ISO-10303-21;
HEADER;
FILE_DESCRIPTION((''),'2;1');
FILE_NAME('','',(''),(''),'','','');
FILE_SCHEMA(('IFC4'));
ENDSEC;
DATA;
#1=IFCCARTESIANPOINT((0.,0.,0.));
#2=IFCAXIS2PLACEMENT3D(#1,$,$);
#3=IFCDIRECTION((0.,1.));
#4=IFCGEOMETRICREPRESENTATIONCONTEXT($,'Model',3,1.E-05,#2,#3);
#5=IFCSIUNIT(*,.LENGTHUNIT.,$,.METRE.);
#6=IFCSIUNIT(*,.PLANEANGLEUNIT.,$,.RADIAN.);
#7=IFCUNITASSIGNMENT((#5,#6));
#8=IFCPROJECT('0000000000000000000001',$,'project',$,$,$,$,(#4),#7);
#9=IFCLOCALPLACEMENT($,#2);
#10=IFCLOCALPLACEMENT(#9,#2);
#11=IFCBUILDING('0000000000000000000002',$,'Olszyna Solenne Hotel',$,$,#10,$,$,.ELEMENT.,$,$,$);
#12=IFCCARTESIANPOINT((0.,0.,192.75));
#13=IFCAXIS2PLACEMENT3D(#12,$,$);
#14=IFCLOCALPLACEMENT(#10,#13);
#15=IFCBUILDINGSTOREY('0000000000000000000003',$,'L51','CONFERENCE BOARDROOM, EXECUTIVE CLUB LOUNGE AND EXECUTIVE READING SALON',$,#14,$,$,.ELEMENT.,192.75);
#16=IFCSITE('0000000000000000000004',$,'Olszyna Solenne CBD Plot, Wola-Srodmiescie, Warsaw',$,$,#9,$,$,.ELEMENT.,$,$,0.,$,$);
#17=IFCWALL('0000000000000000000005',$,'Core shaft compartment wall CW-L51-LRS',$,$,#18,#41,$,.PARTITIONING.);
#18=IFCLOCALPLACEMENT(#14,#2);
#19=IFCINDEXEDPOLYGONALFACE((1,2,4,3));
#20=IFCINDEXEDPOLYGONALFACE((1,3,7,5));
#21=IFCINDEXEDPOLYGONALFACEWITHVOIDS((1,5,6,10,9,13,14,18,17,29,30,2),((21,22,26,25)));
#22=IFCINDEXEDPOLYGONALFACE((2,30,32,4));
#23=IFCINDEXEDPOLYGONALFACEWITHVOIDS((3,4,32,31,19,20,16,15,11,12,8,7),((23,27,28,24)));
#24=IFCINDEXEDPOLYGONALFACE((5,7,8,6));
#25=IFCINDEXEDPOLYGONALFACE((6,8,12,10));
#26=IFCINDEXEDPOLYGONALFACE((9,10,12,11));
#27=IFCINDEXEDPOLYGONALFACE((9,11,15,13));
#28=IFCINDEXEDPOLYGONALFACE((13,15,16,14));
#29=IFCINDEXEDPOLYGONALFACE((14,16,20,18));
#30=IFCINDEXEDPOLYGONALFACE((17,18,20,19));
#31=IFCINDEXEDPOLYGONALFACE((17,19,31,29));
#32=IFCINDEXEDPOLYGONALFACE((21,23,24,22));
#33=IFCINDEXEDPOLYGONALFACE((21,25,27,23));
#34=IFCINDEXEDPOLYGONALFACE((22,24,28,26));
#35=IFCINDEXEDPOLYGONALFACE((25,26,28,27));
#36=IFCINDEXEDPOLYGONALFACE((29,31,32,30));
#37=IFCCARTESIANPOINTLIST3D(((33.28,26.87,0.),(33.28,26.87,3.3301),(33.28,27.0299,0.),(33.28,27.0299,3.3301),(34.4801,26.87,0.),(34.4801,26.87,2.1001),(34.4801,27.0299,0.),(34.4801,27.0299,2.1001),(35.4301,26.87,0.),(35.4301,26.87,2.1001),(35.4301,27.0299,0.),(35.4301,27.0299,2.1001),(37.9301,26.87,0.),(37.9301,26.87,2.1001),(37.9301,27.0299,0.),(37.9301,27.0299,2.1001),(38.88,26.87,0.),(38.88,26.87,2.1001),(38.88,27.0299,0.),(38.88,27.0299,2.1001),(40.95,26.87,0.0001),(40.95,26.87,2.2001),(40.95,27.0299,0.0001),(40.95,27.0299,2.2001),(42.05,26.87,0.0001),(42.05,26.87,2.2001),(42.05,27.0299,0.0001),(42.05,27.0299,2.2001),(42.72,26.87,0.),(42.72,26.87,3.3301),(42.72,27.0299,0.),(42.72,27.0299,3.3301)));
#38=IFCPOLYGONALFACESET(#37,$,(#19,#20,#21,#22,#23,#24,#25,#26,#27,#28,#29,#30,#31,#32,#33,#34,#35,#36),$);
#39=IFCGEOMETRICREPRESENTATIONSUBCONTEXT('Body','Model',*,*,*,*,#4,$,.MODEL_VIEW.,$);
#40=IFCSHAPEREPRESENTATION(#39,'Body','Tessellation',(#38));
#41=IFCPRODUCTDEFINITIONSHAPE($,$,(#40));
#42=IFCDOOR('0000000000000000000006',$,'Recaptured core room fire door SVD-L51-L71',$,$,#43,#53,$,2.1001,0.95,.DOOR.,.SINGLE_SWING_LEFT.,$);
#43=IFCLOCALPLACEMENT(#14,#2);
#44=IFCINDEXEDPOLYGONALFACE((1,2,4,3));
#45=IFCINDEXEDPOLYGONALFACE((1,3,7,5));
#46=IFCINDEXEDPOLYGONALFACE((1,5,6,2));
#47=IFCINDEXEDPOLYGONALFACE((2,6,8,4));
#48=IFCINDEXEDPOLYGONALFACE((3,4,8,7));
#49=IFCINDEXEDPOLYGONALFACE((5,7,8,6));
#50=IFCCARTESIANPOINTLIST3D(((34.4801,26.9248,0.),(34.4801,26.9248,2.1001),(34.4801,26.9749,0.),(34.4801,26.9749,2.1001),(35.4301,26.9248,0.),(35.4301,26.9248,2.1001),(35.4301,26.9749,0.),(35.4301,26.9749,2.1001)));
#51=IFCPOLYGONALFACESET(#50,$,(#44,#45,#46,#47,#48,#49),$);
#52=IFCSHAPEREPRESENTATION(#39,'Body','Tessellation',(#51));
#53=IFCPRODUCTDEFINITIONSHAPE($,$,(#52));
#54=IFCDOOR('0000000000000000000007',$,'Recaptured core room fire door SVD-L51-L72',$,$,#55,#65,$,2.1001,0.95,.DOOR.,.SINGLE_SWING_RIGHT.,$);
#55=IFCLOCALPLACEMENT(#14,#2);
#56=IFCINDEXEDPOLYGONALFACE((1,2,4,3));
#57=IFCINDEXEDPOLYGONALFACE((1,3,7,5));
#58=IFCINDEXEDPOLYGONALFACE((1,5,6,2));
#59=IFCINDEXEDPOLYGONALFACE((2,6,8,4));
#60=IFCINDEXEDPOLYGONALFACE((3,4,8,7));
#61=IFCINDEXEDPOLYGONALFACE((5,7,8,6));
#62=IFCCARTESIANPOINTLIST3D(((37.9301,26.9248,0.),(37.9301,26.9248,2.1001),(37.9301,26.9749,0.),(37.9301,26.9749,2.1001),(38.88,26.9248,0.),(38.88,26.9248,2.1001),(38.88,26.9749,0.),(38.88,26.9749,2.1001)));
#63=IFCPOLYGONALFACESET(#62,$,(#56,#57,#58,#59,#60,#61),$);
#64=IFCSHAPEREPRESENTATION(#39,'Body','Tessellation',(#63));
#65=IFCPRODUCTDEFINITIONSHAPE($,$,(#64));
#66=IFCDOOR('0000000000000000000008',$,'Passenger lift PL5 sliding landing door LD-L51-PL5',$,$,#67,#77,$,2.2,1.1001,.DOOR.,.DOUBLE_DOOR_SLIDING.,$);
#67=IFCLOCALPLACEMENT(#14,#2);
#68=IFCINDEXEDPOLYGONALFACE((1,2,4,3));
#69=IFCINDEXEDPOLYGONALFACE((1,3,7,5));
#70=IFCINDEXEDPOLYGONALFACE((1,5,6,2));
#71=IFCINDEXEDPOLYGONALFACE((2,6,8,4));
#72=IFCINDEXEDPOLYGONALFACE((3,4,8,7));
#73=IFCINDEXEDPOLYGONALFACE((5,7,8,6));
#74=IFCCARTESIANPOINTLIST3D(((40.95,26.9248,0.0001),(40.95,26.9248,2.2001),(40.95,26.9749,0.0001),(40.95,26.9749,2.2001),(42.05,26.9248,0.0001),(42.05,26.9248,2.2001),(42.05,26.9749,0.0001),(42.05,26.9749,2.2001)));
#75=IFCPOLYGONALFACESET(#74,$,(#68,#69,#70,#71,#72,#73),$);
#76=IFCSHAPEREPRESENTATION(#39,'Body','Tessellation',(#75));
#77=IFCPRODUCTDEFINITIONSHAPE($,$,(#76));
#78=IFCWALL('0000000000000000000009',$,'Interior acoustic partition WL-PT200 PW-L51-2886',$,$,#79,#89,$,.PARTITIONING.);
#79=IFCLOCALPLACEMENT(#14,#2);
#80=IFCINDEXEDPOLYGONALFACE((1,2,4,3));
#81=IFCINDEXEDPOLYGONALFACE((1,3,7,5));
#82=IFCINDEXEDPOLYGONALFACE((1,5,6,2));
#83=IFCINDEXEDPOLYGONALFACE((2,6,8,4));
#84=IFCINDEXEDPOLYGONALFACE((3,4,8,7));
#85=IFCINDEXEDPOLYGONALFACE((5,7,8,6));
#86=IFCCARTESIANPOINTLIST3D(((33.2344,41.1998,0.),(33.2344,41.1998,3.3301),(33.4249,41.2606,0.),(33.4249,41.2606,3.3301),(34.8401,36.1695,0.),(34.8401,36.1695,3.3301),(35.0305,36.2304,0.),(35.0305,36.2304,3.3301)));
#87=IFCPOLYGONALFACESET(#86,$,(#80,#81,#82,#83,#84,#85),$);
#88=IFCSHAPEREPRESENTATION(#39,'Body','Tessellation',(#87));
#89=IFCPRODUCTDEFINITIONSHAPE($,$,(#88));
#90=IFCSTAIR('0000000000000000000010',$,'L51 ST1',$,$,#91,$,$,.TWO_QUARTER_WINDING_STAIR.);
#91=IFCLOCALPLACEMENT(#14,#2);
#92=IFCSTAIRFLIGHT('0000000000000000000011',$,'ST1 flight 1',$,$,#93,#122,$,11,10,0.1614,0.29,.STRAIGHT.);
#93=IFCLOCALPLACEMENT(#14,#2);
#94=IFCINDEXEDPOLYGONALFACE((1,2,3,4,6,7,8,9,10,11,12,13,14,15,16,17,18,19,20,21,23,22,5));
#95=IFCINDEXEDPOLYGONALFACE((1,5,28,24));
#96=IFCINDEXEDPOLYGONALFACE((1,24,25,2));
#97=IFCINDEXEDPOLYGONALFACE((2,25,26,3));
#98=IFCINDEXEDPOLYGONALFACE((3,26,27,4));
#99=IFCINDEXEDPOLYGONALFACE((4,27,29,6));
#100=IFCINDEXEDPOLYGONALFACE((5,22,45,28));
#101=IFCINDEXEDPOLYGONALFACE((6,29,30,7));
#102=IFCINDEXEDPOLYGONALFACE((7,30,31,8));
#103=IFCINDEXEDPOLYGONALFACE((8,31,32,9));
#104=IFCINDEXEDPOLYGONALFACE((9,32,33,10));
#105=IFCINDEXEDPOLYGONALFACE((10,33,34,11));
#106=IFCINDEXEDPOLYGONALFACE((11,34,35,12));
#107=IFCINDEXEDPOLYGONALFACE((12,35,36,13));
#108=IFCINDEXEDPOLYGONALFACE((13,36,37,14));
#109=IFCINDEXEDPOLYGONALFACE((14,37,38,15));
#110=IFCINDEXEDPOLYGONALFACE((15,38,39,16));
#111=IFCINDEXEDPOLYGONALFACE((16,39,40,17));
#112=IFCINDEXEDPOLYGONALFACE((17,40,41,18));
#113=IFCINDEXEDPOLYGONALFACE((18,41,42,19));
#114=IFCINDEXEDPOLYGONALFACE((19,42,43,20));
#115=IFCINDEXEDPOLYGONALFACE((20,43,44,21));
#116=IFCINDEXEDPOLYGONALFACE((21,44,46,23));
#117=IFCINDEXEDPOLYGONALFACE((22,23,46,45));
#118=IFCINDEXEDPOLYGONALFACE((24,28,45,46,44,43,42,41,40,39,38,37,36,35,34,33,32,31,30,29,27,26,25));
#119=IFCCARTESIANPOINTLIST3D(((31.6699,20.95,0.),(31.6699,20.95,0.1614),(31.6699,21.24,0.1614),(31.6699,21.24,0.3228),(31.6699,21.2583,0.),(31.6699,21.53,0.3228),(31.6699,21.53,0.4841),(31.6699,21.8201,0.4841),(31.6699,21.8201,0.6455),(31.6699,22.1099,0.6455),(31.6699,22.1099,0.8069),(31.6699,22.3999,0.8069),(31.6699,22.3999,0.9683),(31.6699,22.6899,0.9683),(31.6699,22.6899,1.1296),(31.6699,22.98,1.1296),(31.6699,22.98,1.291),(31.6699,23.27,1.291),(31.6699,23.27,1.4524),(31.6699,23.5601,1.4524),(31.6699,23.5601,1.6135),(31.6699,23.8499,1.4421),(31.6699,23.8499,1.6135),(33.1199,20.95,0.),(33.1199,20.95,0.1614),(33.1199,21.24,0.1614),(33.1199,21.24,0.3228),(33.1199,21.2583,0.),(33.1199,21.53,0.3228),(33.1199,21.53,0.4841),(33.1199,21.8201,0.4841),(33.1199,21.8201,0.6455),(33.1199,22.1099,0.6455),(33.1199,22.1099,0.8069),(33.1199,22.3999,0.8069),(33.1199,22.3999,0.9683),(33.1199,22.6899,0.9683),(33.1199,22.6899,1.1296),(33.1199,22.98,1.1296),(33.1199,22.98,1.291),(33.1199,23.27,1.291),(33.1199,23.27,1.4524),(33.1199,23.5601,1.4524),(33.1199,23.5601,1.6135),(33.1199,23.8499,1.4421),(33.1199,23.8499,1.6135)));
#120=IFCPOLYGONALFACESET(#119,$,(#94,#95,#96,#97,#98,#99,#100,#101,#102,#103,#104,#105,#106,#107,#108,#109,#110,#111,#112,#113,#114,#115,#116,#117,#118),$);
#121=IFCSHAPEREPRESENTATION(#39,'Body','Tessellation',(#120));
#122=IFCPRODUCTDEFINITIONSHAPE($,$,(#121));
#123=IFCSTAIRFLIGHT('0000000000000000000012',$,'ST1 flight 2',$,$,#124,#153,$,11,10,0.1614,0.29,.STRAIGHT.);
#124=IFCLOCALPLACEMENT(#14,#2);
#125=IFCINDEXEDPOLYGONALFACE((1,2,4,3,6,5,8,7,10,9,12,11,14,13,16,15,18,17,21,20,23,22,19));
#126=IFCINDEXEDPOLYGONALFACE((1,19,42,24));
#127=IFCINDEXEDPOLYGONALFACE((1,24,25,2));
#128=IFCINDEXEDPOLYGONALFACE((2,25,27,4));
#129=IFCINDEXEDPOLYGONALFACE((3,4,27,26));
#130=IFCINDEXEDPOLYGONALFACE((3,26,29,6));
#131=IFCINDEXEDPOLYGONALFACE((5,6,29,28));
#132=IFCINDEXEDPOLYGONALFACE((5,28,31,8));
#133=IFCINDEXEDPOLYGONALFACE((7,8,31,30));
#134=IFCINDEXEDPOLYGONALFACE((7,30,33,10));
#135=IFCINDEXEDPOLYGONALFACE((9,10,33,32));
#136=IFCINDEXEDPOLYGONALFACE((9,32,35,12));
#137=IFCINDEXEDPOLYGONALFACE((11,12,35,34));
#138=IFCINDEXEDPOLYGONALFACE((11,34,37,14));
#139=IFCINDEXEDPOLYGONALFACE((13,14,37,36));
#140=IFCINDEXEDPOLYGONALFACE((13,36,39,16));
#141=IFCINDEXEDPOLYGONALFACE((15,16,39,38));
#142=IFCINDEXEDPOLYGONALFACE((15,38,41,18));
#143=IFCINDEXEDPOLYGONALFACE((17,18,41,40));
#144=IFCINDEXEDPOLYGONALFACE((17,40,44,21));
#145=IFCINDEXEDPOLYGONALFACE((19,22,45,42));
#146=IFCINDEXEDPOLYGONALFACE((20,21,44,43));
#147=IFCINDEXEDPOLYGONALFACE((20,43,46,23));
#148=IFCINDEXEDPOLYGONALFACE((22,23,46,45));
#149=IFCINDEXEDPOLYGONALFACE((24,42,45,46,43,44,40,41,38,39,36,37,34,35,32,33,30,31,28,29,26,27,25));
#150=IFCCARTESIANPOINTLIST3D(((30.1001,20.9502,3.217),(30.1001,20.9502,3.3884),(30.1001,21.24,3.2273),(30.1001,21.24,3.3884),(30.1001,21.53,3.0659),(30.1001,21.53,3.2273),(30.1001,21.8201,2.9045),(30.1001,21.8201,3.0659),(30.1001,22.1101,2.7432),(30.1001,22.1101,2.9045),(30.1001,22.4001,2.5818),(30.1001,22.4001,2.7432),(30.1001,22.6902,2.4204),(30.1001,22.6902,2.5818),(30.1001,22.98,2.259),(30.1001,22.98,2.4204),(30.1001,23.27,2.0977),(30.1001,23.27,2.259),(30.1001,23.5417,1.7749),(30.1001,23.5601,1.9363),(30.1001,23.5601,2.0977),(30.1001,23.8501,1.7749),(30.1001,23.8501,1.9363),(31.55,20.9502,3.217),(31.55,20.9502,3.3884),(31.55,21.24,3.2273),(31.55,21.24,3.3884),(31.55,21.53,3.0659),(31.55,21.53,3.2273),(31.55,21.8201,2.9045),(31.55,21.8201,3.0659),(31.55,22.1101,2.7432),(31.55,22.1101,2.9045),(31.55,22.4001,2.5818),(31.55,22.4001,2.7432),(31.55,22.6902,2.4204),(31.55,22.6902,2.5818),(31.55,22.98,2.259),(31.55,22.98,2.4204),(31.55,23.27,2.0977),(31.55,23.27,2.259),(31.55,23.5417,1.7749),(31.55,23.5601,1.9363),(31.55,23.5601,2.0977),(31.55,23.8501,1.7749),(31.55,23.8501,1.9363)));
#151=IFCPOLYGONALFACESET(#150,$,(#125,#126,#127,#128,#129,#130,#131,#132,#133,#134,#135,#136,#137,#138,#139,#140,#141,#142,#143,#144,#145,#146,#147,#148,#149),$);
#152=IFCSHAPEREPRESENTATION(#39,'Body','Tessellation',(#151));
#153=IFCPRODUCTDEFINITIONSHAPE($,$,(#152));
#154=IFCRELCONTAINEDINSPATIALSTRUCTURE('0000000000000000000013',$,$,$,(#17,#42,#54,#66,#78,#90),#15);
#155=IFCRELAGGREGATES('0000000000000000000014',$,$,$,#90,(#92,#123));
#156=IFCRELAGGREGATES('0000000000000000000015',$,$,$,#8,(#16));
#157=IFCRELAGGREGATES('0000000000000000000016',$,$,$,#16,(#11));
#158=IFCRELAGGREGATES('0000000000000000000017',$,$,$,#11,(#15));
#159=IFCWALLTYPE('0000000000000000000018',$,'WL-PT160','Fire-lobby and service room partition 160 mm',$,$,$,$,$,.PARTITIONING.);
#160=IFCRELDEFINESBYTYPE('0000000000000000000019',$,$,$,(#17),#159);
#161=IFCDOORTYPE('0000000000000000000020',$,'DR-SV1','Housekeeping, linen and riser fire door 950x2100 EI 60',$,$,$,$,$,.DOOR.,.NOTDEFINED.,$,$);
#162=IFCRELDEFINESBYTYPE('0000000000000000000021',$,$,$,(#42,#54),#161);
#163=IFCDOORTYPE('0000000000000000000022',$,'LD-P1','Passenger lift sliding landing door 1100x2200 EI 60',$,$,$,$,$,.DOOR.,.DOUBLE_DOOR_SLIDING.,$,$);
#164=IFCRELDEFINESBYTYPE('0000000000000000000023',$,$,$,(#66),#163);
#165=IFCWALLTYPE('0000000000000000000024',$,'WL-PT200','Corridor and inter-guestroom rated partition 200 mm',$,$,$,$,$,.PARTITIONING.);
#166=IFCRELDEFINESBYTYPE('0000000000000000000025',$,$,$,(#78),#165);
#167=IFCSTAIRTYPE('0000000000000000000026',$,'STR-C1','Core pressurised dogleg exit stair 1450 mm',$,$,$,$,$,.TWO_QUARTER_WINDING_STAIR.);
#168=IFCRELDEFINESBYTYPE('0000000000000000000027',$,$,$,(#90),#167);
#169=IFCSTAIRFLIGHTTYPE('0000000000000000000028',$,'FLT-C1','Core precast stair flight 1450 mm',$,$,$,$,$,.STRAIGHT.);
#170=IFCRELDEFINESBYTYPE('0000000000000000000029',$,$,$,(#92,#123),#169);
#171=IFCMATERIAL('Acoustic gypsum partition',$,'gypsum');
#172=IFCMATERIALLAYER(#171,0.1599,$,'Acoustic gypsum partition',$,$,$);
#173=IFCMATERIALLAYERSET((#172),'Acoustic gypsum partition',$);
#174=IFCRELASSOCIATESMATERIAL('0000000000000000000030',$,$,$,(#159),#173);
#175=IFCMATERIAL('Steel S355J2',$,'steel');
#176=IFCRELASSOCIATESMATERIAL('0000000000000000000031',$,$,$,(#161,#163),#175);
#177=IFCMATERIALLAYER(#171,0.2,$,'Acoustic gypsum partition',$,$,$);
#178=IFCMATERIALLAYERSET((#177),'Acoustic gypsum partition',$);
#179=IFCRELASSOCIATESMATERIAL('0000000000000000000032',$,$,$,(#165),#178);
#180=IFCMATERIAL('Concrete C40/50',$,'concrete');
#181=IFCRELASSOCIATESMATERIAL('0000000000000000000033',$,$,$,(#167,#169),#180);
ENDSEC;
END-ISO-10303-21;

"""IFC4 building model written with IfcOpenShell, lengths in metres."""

from ifc_helpers import new_model, si_unit, direction, frame, frame_2d, origin, place, context, subcontext, project, spatial, polyline, rectangle, outline, extrude, source, transform, mapped, material, layer, layer_set, type_object, type_shapes, element, fill, aggregate, save


model = new_model("IFC4")

# Units and contexts
model_context = context("Model", 3, precision=1e-05, world=origin(), true_north=direction((0.0, 1.0)))
body_context = subcontext(model_context, "Body", "Model", "MODEL_VIEW")
ifc_project = project(units=[si_unit("LENGTHUNIT", "METRE"), si_unit("PLANEANGLEUNIT", "RADIAN")], contexts=[model_context])

# Site, building, storey
site_placement = place(None, origin())
site = spatial("IfcSite", under=ifc_project, at=site_placement, Name="Olszyna Solenne CBD Plot, Wola-Srodmiescie, Warsaw", CompositionType="ELEMENT", RefElevation=0.0)
building_placement = place(site_placement, origin())
building = spatial("IfcBuilding", under=site, at=building_placement, Name="Olszyna Solenne Hotel", CompositionType="ELEMENT")
storey_placement = place(building_placement, frame((0.0, 0.0, 192.75)))
storey = spatial("IfcBuildingStorey", under=building, at=storey_placement, Name="L51", Description="CONFERENCE BOARDROOM, EXECUTIVE CLUB LOUNGE AND EXECUTIVE READING SALON", CompositionType="ELEMENT", Elevation=192.75)

# Shared definitions
ifc_material_1 = material(Name="Steel S355J2", Category="steel")

# Shared definitions
ifc_material_2 = material(Name="Acoustic gypsum partition", Category="gypsum")
ifc_layer_1 = layer(ifc_material_2, 0.1599, Name="Acoustic gypsum partition")
ifc_layer_set_1 = layer_set([ifc_layer_1], Name="Acoustic gypsum partition")
wall_type_1 = type_object("IfcWallType", Name="WL-PT160", Description="Fire-lobby and service room partition 160 mm", PredefinedType="PARTITIONING", material=ifc_layer_set_1)

# Wall, openings, doors
wall_1_placement = place(storey_placement, frame((33.28, 26.95, 0.0), z_axis=(0.0, 0.0, 1.0), x_axis=(1.0, 0.0, 0.0)))
wall_1 = element("IfcWall", 1, at=wall_1_placement, inside=storey, type_object=wall_type_1, Name="Core shaft compartment wall CW-L51-LRS", PredefinedType="PARTITIONING", context=body_context, shape_type="SweptSolid", body=[
    extrude(rectangle(XDim=9.4399, YDim=0.1599, at=frame_2d((4.72, 0.0))), origin(), (0.0, 0.0, 1.0), 3.3301),
])
opening_1_placement = place(wall_1_placement, frame((1.2, 0.0, 0.0)))
opening_1 = element("IfcOpeningElement", 2, at=opening_1_placement, cuts=wall_1, PredefinedType="OPENING", context=body_context, shape_type="SweptSolid", body=[
    extrude(rectangle(XDim=0.95, YDim=2.1001, at=frame_2d((0.4751, 1.05))), frame((0.0, 0.0898, 0.0), z_axis=(0.0, -1.0, 0.0), x_axis=(1.0, 0.0, 0.0)), (0.0, 0.0, 1.0), 0.1799),
])
opening_2_placement = place(wall_1_placement, frame((4.6499, 0.0, 0.0)))
opening_2 = element("IfcOpeningElement", 3, at=opening_2_placement, cuts=wall_1, PredefinedType="OPENING", context=body_context, shape_type="SweptSolid", body=[
    extrude(rectangle(XDim=0.95, YDim=2.1001, at=frame_2d((0.4751, 1.05))), frame((0.0, 0.0898, 0.0), z_axis=(0.0, -1.0, 0.0), x_axis=(1.0, 0.0, 0.0)), (0.0, 0.0, 1.0), 0.1799),
])
opening_3_placement = place(wall_1_placement, frame((7.6699, 0.0, 0.0)))
opening_3 = element("IfcOpeningElement", 4, at=opening_3_placement, cuts=wall_1, PredefinedType="OPENING", context=body_context, shape_type="SweptSolid", body=[
    extrude(rectangle(XDim=1.1001, YDim=2.2, at=frame_2d((0.55, 1.1001))), frame((0.0, 0.0898, 0.0), z_axis=(0.0, -1.0, 0.0), x_axis=(1.0, 0.0, 0.0)), (0.0, 0.0, 1.0), 0.1799),
])
door_type_1 = type_object("IfcDoorType", Name="DR-SV1", Description="Housekeeping, linen and riser fire door 950x2100 EI 60", OperationType="NOTDEFINED", PredefinedType="DOOR", material=ifc_material_1)
shared_shape_1 = source(origin(), body_context, "Body", "SweptSolid", [
    extrude(rectangle(XDim=0.95, YDim=2.1001, at=frame_2d((0.4751, 1.05))), frame((0.0, 0.0249, 0.0), z_axis=(0.0, -1.0, 0.0), x_axis=(1.0, 0.0, 0.0)), (0.0, 0.0, 1.0), 0.05),
])
type_shapes(door_type_1, [shared_shape_1])
door_1_placement = place(opening_1_placement, origin())
door_1 = element("IfcDoor", 5, at=door_1_placement, inside=storey, type_object=door_type_1, Name="Recaptured core room fire door SVD-L51-L71", OperationType="SINGLE_SWING_LEFT", OverallHeight=2.1001, OverallWidth=0.95, PredefinedType="DOOR", context=body_context, shape_type="MappedRepresentation", body=[
    mapped(shared_shape_1, transform((0.0, 0.0, 0.0), x_axis=(1.0, 0.0, 0.0), y_axis=(0.0, 1.0, 0.0), z_axis=(0.0, 0.0, 1.0), scale=1.0)),
])
fill(opening_1, door_1)
door_2_placement = place(opening_2_placement, origin())
door_2 = element("IfcDoor", 6, at=door_2_placement, inside=storey, type_object=door_type_1, Name="Recaptured core room fire door SVD-L51-L72", OperationType="SINGLE_SWING_RIGHT", OverallHeight=2.1001, OverallWidth=0.95, PredefinedType="DOOR", context=body_context, shape_type="MappedRepresentation", body=[
    mapped(shared_shape_1, transform((0.0, 0.0, 0.0), x_axis=(1.0, 0.0, 0.0), y_axis=(0.0, 1.0, 0.0), z_axis=(0.0, 0.0, 1.0), scale=1.0)),
])
fill(opening_2, door_2)
door_type_2 = type_object("IfcDoorType", Name="LD-P1", Description="Passenger lift sliding landing door 1100x2200 EI 60", OperationType="DOUBLE_DOOR_SLIDING", PredefinedType="DOOR", material=ifc_material_1)
shared_shape_2 = source(origin(), body_context, "Body", "SweptSolid", [
    extrude(rectangle(XDim=1.1001, YDim=2.2, at=frame_2d((0.55, 1.1001))), frame((0.0, 0.0249, 0.0), z_axis=(0.0, -1.0, 0.0), x_axis=(1.0, 0.0, 0.0)), (0.0, 0.0, 1.0), 0.05),
])
type_shapes(door_type_2, [shared_shape_2])
door_3_placement = place(opening_3_placement, origin())
door_3 = element("IfcDoor", 7, at=door_3_placement, inside=storey, type_object=door_type_2, Name="Passenger lift PL5 sliding landing door LD-L51-PL5", OperationType="DOUBLE_DOOR_SLIDING", OverallHeight=2.2, OverallWidth=1.1001, PredefinedType="DOOR", context=body_context, shape_type="MappedRepresentation", body=[
    mapped(shared_shape_2, transform((0.0, 0.0, 0.0), x_axis=(1.0, 0.0, 0.0), y_axis=(0.0, 1.0, 0.0), z_axis=(0.0, 0.0, 1.0), scale=1.0)),
])
fill(opening_3, door_3)

# Wall
ifc_layer_2 = layer(ifc_material_2, 0.2, Name="Acoustic gypsum partition")
ifc_layer_set_2 = layer_set([ifc_layer_2], Name="Acoustic gypsum partition")
wall_type_2 = type_object("IfcWallType", Name="WL-PT200", Description="Corridor and inter-guestroom rated partition 200 mm", PredefinedType="PARTITIONING", material=ifc_layer_set_2)
wall_2_placement = place(storey_placement, frame((34.9353, 36.2, 0.0), z_axis=(0.0, 0.0, 1.0), x_axis=(-0.304093, 0.952642, 0.0)))
element("IfcWall", 8, at=wall_2_placement, inside=storey, type_object=wall_type_2, Name="Interior acoustic partition WL-PT200 PW-L51-2886", PredefinedType="PARTITIONING", context=body_context, shape_type="SweptSolid", body=[
    extrude(rectangle(XDim=5.2803, YDim=0.2, at=frame_2d((2.6401, 0.0))), origin(), (0.0, 0.0, 1.0), 3.3301),
])

# Stair, stair flights
ifc_material_3 = material(Name="Concrete C40/50", Category="concrete")
stair_type = type_object("IfcStairType", Name="STR-C1", Description="Core pressurised dogleg exit stair 1450 mm", PredefinedType="TWO_QUARTER_WINDING_STAIR", material=ifc_material_3)
stair_1_placement = place(storey_placement, origin())
stair_1 = element("IfcStair", 9, at=stair_1_placement, inside=storey, type_object=stair_type, Name="L51 ST1", PredefinedType="TWO_QUARTER_WINDING_STAIR")
stair_flight_type = type_object("IfcStairFlightType", Name="FLT-C1", Description="Core precast stair flight 1450 mm", PredefinedType="STRAIGHT", material=ifc_material_3)
stair_flight_1_placement = place(storey_placement, frame((32.395, 20.95, 0.0), z_axis=(0.0, 0.0, 1.0), x_axis=(0.0, 1.0, 0.0)))
stair_flight_1 = element("IfcStairFlight", 10, at=stair_flight_1_placement, type_object=stair_flight_type, Name="ST1 flight 1", NumberOfRisers=11, NumberOfTreads=10, PredefinedType="STRAIGHT", RiserHeight=0.1614, TreadLength=0.29, context=body_context, shape_type="SweptSolid", body=[
    extrude(outline(polyline([(0.0, 0.0), (0.0, 0.1614), (0.29, 0.1614), (0.29, 0.3228), (0.5801, 0.3228), (0.5801, 0.4841), (0.8701, 0.4841), (0.8701, 0.6455), (1.1599, 0.6455), (1.1599, 0.8069), (1.45, 0.8069), (1.45, 0.9683), (1.74, 0.9683), (1.74, 1.1296), (2.03, 1.1296), (2.03, 1.291), (2.3201, 1.291), (2.3201, 1.4524), (2.6101, 1.4524), (2.6101, 1.6135), (2.8999, 1.6135), (2.8999, 1.7749), (2.8999, 1.4421), (0.3083, 0.0), (0.0, 0.0)])), frame((0.0, 0.7251, 0.0), z_axis=(0.0, -1.0, 0.0), x_axis=(1.0, 0.0, 0.0)), (0.0, 0.0, 1.0), 1.45),
])
stair_flight_2_placement = place(storey_placement, frame((30.825, 23.8501, 1.7749), z_axis=(0.0, 0.0, 1.0), x_axis=(0.0, -1.0, 0.0)))
stair_flight_2 = element("IfcStairFlight", 11, at=stair_flight_2_placement, type_object=stair_flight_type, Name="ST1 flight 2", NumberOfRisers=11, NumberOfTreads=10, PredefinedType="STRAIGHT", RiserHeight=0.1614, TreadLength=0.29, context=body_context, shape_type="SweptSolid", body=[
    extrude(outline(polyline([(0.0, 0.0), (0.0, 0.1614), (0.29, 0.1614), (0.29, 0.3228), (0.5801, 0.3228), (0.5801, 0.4841), (0.8701, 0.4841), (0.8701, 0.6455), (1.1599, 0.6455), (1.1599, 0.8069), (1.45, 0.8069), (1.45, 0.9683), (1.74, 0.9683), (1.74, 1.1296), (2.03, 1.1296), (2.03, 1.291), (2.3201, 1.291), (2.3201, 1.4524), (2.6101, 1.4524), (2.6101, 1.6135), (2.8999, 1.6135), (2.8999, 1.7749), (2.8999, 1.4421), (0.3083, 0.0), (0.0, 0.0)])), frame((0.0, 0.7251, 0.0), z_axis=(0.0, -1.0, 0.0), x_axis=(1.0, 0.0, 0.0)), (0.0, 0.0, 1.0), 1.45),
])
aggregate(stair_1, [stair_flight_1, stair_flight_2])

save(model, "model.ifc")
